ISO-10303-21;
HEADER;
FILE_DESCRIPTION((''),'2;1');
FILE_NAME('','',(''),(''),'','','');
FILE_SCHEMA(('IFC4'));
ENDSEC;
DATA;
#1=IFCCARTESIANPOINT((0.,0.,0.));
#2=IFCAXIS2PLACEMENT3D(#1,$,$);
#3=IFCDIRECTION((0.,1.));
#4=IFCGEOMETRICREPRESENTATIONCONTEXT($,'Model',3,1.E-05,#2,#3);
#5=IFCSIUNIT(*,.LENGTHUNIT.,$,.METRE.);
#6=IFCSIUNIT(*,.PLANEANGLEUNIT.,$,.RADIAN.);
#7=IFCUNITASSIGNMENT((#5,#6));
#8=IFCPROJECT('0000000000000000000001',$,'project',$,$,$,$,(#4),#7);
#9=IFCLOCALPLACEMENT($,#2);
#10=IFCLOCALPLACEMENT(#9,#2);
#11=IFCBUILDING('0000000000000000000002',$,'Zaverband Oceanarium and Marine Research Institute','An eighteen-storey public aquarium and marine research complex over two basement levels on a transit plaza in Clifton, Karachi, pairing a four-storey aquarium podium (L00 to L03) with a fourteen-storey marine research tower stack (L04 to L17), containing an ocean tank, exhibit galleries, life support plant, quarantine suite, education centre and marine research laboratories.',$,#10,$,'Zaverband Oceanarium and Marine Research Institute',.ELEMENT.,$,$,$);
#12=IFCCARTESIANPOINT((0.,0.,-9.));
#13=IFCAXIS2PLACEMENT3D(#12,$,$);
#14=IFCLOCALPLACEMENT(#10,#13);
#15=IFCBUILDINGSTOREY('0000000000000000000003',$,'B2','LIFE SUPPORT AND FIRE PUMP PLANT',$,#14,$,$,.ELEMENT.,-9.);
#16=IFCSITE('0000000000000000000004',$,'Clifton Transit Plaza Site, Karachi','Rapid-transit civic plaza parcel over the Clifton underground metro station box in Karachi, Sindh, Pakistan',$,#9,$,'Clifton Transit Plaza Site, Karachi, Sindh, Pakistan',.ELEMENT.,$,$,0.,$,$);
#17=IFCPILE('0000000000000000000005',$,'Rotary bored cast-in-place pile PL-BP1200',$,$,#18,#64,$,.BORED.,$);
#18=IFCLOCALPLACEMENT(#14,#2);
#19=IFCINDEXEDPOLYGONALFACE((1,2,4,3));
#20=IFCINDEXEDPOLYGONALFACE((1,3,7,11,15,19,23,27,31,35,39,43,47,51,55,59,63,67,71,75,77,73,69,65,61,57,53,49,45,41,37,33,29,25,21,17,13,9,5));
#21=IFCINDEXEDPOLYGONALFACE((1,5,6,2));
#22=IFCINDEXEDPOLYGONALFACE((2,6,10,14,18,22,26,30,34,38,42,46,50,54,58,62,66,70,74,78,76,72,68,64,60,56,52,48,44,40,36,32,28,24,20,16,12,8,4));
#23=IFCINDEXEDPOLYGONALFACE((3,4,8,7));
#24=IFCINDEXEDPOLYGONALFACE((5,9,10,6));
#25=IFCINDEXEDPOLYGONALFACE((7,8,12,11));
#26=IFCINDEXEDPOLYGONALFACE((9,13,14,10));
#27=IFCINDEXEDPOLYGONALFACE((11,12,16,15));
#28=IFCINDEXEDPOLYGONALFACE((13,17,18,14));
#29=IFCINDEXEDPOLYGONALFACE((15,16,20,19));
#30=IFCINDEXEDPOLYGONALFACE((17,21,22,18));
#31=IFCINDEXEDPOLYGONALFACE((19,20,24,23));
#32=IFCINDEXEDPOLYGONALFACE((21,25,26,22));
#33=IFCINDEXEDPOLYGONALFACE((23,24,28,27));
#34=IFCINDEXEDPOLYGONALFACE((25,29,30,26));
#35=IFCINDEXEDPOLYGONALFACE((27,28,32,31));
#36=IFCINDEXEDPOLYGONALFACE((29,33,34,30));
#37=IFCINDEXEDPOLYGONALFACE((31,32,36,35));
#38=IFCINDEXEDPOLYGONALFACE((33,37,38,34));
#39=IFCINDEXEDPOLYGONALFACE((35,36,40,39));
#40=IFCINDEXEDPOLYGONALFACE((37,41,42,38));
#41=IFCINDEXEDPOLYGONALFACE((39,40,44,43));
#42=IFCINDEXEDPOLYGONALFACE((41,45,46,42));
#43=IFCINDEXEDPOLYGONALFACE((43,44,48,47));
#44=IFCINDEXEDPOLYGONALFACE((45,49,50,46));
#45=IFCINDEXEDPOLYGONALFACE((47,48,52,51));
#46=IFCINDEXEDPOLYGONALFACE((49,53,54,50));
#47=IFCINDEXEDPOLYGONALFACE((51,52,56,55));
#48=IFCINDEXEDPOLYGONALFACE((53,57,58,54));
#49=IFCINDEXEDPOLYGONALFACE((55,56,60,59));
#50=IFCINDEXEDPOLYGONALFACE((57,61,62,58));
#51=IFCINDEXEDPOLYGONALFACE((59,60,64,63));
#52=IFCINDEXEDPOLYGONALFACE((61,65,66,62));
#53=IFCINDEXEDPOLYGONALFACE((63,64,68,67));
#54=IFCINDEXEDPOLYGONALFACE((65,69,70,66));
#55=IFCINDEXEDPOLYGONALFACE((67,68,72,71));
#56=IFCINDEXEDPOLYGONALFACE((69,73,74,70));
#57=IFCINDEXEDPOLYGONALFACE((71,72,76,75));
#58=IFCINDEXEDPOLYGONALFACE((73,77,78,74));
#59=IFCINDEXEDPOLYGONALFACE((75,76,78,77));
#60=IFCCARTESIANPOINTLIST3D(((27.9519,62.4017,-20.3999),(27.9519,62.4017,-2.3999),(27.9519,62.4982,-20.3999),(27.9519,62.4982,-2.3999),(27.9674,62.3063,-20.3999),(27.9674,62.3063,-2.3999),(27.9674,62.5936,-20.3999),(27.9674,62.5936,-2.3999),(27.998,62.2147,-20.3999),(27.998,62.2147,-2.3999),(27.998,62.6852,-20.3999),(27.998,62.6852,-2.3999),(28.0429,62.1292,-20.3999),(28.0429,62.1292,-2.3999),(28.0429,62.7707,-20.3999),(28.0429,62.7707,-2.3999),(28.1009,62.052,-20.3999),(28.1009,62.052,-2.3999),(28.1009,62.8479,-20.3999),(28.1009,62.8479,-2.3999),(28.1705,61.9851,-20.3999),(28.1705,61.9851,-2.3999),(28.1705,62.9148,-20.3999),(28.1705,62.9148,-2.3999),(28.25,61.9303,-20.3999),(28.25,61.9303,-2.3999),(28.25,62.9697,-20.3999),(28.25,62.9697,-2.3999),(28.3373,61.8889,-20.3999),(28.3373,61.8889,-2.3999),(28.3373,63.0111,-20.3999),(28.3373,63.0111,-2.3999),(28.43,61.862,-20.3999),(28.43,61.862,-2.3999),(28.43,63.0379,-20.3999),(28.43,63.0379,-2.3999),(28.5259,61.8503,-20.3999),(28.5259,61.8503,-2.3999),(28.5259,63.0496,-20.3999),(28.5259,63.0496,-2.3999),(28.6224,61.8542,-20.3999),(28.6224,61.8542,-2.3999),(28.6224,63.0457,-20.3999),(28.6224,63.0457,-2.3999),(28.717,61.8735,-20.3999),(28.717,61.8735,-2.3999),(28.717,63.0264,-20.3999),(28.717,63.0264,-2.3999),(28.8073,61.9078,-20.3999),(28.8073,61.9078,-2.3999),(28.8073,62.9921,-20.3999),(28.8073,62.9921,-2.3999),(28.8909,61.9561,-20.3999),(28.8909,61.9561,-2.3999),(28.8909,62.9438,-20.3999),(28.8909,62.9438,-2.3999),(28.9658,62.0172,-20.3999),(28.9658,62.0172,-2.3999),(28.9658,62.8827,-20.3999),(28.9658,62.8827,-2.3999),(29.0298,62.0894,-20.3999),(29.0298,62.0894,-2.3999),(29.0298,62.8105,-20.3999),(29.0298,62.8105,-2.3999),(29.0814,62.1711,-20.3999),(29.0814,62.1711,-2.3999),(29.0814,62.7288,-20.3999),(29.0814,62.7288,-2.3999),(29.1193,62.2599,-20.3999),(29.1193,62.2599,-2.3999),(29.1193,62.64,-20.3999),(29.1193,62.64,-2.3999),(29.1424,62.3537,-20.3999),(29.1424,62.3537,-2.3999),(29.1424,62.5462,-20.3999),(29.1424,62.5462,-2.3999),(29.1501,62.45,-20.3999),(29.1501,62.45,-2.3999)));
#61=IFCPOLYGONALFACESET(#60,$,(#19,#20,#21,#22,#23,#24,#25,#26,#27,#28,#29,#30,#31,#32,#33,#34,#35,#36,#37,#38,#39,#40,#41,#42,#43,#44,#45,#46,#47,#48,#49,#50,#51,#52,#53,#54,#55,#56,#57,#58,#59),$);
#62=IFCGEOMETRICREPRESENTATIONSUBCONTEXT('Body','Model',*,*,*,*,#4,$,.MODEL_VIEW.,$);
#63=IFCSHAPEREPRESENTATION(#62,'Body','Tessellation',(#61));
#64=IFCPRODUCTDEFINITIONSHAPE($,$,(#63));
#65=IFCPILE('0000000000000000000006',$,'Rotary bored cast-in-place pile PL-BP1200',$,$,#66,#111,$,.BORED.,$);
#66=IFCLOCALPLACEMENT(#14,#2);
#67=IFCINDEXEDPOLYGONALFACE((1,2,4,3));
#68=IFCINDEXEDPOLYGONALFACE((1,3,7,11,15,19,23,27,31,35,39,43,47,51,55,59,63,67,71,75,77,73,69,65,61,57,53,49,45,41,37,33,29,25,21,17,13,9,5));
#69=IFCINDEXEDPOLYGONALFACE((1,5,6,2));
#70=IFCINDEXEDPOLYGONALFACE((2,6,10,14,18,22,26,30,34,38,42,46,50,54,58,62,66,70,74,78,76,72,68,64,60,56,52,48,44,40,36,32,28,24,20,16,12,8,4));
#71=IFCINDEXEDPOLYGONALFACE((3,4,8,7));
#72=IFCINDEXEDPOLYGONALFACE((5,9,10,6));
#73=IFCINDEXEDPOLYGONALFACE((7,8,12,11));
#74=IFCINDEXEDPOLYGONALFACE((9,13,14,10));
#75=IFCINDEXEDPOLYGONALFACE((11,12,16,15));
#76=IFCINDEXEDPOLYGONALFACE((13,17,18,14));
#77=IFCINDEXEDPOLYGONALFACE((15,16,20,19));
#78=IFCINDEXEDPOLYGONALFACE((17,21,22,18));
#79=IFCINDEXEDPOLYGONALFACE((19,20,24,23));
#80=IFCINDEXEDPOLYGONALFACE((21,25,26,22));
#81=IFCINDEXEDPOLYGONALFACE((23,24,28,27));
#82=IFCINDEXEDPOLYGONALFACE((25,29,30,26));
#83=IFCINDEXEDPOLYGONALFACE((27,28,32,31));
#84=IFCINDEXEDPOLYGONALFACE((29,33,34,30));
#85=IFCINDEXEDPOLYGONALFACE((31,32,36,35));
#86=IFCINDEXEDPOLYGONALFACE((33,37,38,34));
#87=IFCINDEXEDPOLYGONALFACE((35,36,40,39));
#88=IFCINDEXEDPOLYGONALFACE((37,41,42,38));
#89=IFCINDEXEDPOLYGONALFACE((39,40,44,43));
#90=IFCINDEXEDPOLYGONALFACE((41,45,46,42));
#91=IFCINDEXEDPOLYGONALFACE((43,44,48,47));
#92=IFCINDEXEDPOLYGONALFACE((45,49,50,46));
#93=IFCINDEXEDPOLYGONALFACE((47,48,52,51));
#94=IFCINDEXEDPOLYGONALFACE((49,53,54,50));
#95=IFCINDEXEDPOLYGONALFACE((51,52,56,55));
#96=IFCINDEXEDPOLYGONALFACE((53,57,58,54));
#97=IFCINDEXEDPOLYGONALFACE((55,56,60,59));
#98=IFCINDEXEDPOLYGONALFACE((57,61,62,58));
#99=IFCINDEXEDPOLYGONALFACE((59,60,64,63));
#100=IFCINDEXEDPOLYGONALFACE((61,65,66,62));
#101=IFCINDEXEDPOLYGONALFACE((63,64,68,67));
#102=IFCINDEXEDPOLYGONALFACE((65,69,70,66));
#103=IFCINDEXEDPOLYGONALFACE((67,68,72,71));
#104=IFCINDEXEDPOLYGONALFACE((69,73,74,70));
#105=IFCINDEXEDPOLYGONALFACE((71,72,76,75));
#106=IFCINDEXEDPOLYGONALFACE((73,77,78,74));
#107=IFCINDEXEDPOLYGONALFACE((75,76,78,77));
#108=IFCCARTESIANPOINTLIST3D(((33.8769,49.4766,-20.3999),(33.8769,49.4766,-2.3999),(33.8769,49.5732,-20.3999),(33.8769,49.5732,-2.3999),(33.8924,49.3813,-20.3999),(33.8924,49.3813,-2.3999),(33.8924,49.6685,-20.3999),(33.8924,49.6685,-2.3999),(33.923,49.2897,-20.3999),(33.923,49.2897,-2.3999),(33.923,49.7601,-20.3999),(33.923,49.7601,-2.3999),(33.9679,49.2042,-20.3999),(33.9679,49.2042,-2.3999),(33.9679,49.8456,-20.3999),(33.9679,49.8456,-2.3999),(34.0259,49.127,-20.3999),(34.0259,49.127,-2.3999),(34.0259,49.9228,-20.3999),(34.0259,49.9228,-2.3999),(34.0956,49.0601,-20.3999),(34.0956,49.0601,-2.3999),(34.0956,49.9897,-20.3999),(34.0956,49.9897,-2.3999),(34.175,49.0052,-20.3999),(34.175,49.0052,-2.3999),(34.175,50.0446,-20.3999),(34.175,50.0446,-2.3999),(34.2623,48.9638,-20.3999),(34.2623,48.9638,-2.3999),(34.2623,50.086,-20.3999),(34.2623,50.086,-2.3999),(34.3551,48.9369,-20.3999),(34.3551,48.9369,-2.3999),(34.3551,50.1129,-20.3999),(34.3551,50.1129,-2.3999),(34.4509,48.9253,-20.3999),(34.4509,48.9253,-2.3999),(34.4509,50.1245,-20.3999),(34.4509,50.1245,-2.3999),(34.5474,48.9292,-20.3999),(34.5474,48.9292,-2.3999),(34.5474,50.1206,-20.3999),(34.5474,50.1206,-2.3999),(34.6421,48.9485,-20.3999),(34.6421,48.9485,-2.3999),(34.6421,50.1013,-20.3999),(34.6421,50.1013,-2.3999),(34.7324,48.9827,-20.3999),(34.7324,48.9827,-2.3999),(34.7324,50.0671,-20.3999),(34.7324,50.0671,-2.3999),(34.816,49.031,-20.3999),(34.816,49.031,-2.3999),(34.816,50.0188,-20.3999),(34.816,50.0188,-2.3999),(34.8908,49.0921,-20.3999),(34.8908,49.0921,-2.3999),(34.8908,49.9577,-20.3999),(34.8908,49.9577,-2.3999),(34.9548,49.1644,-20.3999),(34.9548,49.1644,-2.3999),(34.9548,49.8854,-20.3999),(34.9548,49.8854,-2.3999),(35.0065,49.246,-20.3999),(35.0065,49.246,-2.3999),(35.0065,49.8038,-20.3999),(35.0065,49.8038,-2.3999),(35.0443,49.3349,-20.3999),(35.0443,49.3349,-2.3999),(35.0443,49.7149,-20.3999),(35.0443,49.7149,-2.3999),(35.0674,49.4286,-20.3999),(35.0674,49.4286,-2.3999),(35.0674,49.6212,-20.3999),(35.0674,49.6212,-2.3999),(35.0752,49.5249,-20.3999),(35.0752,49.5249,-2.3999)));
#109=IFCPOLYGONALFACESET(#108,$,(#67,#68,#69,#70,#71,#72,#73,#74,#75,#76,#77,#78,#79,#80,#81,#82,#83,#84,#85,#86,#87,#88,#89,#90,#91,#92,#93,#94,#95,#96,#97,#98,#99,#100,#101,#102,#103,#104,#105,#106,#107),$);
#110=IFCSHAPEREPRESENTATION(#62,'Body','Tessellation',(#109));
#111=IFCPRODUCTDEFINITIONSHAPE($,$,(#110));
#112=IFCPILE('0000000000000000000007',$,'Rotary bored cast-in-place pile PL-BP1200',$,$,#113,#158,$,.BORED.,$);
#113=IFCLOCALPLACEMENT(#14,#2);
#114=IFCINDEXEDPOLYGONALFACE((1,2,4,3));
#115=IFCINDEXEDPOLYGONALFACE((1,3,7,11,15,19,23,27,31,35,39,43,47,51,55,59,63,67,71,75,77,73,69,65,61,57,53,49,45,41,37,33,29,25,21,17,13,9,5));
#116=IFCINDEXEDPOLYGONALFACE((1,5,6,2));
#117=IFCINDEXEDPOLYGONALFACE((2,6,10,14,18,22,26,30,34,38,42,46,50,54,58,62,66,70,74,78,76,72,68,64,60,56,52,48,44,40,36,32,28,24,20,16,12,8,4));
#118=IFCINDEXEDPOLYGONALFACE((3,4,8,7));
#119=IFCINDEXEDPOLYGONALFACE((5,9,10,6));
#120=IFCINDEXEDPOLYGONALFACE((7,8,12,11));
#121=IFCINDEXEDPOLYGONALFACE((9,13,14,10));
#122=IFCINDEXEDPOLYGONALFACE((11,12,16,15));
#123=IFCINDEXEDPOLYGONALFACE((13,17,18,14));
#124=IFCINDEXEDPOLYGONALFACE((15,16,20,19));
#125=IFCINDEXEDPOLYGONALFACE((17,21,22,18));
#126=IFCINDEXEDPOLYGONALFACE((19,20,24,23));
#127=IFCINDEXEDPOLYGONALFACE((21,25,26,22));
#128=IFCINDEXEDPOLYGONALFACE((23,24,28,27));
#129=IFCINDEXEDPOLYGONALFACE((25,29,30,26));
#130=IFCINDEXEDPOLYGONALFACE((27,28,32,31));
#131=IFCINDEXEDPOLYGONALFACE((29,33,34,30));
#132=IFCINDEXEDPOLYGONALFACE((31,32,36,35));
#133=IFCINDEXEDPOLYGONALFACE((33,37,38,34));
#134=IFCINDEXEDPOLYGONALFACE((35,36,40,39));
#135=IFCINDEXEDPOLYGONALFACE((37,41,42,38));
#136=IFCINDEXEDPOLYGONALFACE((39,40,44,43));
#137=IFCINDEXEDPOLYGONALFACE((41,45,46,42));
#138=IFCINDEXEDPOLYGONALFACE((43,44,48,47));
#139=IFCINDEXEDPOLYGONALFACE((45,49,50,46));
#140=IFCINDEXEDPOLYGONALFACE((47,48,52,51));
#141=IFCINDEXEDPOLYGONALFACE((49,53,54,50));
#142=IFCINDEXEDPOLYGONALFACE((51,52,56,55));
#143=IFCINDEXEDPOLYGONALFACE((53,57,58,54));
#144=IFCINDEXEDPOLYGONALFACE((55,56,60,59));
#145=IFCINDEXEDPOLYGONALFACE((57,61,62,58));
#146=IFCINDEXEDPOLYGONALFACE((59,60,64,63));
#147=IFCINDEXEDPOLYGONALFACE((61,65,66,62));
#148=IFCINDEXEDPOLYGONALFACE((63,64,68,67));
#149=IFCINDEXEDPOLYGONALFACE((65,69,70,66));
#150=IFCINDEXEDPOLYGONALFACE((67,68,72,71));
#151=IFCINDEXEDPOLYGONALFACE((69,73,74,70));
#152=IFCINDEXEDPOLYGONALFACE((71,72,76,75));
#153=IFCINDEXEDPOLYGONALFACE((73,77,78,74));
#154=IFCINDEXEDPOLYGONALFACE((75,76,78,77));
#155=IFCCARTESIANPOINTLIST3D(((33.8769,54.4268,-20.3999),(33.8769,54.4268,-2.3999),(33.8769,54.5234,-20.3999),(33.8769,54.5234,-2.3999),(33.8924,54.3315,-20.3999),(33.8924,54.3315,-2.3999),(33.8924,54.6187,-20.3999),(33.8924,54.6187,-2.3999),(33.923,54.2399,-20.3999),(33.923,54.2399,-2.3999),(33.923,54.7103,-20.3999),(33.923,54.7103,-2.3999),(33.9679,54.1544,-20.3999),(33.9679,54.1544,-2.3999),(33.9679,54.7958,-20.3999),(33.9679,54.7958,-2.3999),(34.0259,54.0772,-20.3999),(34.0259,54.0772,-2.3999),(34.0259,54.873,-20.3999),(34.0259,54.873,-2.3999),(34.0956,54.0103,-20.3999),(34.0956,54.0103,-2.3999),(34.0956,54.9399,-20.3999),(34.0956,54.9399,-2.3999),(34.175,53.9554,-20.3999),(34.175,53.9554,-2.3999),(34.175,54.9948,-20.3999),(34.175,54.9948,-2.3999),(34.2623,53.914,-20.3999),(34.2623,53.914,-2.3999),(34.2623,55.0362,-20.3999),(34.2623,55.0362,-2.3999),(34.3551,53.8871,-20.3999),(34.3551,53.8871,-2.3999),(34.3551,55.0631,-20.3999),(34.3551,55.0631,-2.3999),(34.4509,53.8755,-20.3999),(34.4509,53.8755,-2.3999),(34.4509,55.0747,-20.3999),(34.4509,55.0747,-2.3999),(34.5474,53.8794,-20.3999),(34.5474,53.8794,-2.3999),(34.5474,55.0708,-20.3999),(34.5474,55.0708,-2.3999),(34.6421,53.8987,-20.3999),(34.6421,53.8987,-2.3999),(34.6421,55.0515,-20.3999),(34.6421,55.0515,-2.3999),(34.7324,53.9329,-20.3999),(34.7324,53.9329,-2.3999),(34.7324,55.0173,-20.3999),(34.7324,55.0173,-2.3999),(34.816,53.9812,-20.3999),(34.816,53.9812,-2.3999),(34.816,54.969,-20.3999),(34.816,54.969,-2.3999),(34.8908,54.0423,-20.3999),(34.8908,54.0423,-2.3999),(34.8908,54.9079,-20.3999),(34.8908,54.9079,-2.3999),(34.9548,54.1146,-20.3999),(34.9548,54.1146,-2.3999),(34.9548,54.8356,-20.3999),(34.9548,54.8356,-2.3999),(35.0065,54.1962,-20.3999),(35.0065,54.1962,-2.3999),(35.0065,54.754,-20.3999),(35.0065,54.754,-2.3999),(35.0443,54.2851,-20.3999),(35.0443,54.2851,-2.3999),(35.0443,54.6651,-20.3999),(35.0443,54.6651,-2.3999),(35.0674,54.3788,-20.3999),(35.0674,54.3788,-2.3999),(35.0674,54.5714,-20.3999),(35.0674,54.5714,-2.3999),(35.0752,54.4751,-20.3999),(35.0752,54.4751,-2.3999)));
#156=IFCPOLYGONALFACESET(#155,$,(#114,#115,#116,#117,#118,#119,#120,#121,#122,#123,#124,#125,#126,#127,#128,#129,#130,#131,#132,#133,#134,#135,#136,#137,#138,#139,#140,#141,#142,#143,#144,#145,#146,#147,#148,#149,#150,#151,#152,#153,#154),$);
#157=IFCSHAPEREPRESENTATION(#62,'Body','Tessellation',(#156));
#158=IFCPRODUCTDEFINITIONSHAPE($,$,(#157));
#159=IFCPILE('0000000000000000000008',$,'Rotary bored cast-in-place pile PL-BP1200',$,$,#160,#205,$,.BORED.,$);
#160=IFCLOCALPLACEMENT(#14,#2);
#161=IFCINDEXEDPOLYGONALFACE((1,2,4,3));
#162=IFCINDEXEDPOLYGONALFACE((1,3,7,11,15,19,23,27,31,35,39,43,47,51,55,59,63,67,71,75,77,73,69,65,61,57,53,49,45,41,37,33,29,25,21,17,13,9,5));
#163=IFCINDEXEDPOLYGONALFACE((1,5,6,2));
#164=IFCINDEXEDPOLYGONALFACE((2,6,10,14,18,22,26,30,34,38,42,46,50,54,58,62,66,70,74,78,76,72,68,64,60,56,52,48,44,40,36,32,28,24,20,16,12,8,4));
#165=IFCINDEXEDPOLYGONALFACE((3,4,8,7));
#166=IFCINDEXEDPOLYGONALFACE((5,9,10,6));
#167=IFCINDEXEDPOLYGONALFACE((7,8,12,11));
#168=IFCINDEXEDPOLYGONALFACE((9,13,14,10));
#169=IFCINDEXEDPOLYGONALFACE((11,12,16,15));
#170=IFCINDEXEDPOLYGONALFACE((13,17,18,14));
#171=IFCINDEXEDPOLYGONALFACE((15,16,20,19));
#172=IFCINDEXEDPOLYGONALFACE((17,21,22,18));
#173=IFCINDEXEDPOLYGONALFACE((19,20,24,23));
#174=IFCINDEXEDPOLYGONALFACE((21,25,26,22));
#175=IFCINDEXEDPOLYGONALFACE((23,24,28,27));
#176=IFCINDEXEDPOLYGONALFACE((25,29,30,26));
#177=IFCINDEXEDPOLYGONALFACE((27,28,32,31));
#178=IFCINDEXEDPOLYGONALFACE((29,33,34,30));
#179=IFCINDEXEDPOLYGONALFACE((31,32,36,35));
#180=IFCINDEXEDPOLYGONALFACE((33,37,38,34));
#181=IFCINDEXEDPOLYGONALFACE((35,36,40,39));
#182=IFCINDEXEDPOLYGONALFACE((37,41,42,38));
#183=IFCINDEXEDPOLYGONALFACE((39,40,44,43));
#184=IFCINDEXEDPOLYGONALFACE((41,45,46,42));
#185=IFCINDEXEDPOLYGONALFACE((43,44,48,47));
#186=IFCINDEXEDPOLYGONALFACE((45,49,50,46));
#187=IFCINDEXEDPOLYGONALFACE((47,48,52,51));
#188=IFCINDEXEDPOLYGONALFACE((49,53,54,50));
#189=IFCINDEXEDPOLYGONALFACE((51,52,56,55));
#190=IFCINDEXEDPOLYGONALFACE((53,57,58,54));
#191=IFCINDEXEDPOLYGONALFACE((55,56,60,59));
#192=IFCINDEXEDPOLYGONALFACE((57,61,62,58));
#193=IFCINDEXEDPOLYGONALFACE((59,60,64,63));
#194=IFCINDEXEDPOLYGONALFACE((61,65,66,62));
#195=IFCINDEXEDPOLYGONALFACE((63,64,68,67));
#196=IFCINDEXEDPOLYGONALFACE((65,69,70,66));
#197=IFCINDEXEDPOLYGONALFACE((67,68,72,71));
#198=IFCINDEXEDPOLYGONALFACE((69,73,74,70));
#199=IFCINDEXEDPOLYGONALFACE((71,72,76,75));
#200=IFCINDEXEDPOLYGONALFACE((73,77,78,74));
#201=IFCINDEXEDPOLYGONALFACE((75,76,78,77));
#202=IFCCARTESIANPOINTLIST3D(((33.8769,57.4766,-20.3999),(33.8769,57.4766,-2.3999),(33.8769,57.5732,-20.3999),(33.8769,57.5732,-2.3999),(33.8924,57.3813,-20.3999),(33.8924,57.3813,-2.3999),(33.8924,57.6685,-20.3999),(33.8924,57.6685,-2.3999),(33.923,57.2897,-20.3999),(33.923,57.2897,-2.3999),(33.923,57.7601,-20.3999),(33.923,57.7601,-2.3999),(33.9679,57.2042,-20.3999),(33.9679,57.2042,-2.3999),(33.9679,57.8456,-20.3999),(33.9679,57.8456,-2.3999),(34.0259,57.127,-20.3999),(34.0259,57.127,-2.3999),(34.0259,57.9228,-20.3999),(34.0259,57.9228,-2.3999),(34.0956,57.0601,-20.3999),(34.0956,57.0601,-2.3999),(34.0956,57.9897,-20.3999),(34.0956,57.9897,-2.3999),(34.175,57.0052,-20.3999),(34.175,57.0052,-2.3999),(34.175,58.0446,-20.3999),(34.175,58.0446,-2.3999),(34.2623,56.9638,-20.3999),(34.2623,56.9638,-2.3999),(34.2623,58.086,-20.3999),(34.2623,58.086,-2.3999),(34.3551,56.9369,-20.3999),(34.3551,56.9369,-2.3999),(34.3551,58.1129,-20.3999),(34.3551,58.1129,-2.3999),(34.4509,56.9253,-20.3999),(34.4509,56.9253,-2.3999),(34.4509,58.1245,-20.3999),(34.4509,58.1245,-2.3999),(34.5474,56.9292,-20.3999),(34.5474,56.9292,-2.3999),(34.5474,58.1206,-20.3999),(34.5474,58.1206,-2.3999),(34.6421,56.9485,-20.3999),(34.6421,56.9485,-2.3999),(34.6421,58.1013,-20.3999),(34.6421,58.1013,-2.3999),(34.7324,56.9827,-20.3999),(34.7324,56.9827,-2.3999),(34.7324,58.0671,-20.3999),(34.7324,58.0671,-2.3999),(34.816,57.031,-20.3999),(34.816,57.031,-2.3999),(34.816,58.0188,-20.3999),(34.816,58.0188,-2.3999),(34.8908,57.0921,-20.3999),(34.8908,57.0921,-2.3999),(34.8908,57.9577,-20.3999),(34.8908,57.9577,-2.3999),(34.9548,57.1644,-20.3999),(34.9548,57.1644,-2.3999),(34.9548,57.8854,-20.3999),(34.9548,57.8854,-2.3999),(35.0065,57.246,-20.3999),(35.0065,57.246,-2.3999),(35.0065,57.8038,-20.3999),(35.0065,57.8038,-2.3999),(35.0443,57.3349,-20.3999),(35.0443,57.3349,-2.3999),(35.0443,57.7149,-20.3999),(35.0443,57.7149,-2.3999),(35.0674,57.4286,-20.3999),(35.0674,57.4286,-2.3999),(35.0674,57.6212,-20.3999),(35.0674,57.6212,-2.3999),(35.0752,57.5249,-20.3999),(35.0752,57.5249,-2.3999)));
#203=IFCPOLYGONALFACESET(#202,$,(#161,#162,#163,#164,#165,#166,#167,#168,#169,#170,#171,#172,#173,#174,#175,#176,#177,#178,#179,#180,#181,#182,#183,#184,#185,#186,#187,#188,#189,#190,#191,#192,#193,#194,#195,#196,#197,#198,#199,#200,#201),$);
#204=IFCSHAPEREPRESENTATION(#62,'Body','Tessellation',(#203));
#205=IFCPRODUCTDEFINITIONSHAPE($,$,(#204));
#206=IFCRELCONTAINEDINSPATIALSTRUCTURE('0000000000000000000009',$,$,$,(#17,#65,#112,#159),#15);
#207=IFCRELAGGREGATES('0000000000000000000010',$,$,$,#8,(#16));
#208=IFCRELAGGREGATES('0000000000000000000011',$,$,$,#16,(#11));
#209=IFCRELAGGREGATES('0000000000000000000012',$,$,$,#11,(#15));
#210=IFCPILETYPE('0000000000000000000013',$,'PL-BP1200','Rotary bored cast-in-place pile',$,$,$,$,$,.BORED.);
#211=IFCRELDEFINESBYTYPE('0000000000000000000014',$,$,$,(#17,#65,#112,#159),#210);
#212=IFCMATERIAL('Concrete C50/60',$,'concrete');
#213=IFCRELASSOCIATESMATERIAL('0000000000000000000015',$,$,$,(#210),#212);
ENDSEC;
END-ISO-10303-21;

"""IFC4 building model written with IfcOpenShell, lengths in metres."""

from ifc_helpers import new_model, si_unit, direction, frame, origin, origin_2d, place, context, subcontext, project, spatial, circle, extrude, material, material_profile, profile_set, type_object, element, save


model = new_model("IFC4")

# Units and contexts
model_context = context("Model", 3, precision=1e-05, world=origin(), true_north=direction((0.0, 1.0)))
body_context = subcontext(model_context, "Body", "Model", "MODEL_VIEW")
ifc_project = project(units=[si_unit("LENGTHUNIT", "METRE"), si_unit("PLANEANGLEUNIT", "RADIAN")], contexts=[model_context])

# Site, building, storey
site_placement = place(None, origin())
site = spatial("IfcSite", under=ifc_project, at=site_placement, Name="Clifton Transit Plaza Site, Karachi", Description="Rapid-transit civic plaza parcel over the Clifton underground metro station box in Karachi, Sindh, Pakistan", LongName="Clifton Transit Plaza Site, Karachi, Sindh, Pakistan", CompositionType="ELEMENT", RefElevation=0.0)
building_placement = place(site_placement, origin())
building = spatial("IfcBuilding", under=site, at=building_placement, Name="Zaverband Oceanarium and Marine Research Institute", Description="An eighteen-storey public aquarium and marine research complex over two basement levels on a transit plaza in Clifton, Karachi, pairing a four-storey aquarium podium (L00 to L03) with a fourteen-storey marine research tower stack (L04 to L17), containing an ocean tank, exhibit galleries, life support plant, quarantine suite, education centre and marine research laboratories.", LongName="Zaverband Oceanarium and Marine Research Institute", CompositionType="ELEMENT")
storey_placement = place(building_placement, frame((0.0, 0.0, -9.0)))
storey = spatial("IfcBuildingStorey", under=building, at=storey_placement, Name="B2", Description="LIFE SUPPORT AND FIRE PUMP PLANT", CompositionType="ELEMENT", Elevation=-9.0)

# Shared definitions
ifc_material_1 = material(Name="Concrete C50/60", Category="concrete")

# Piles
ifc_material_profile_1 = material_profile(ifc_material_1, circle(Radius=0.6001, at=origin_2d()), Name="BP1200")
ifc_profile_set_1 = profile_set([ifc_material_profile_1], Name="Concrete C50/60")
pile_type = type_object("IfcPileType", Name="PL-BP1200", Description="Rotary bored cast-in-place pile", PredefinedType="BORED", material=ifc_profile_set_1)
for number, where, z_axis, x_axis, name in (
    (1, (28.55, 62.45, -2.3999), (0.0, 0.0, -1.0), (1.0, 0.0, 0.0), "Rotary bored cast-in-place pile PL-BP1200"),
    (2, (34.4751, 49.5249, -2.3999), (0.0, 0.0, -1.0), (1.0, 0.0, 0.0), "Rotary bored cast-in-place pile PL-BP1200"),
    (3, (34.4751, 54.4751, -2.3999), (0.0, 0.0, -1.0), (1.0, 0.0, 0.0), "Rotary bored cast-in-place pile PL-BP1200"),
    (4, (34.4751, 57.5249, -2.3999), (0.0, 0.0, -1.0), (1.0, 0.0, 0.0), "Rotary bored cast-in-place pile PL-BP1200"),
):
    element("IfcPile", number, at=place(storey_placement, frame(where, z_axis=z_axis, x_axis=x_axis)), inside=storey, type_object=pile_type, Name=name, PredefinedType="BORED", context=body_context, shape_type="SweptSolid", body=[
        extrude(circle(Radius=0.6001, at=origin_2d()), origin(), (0.0, 0.0, 1.0), 18.0),
    ])

save(model, "model.ifc")
